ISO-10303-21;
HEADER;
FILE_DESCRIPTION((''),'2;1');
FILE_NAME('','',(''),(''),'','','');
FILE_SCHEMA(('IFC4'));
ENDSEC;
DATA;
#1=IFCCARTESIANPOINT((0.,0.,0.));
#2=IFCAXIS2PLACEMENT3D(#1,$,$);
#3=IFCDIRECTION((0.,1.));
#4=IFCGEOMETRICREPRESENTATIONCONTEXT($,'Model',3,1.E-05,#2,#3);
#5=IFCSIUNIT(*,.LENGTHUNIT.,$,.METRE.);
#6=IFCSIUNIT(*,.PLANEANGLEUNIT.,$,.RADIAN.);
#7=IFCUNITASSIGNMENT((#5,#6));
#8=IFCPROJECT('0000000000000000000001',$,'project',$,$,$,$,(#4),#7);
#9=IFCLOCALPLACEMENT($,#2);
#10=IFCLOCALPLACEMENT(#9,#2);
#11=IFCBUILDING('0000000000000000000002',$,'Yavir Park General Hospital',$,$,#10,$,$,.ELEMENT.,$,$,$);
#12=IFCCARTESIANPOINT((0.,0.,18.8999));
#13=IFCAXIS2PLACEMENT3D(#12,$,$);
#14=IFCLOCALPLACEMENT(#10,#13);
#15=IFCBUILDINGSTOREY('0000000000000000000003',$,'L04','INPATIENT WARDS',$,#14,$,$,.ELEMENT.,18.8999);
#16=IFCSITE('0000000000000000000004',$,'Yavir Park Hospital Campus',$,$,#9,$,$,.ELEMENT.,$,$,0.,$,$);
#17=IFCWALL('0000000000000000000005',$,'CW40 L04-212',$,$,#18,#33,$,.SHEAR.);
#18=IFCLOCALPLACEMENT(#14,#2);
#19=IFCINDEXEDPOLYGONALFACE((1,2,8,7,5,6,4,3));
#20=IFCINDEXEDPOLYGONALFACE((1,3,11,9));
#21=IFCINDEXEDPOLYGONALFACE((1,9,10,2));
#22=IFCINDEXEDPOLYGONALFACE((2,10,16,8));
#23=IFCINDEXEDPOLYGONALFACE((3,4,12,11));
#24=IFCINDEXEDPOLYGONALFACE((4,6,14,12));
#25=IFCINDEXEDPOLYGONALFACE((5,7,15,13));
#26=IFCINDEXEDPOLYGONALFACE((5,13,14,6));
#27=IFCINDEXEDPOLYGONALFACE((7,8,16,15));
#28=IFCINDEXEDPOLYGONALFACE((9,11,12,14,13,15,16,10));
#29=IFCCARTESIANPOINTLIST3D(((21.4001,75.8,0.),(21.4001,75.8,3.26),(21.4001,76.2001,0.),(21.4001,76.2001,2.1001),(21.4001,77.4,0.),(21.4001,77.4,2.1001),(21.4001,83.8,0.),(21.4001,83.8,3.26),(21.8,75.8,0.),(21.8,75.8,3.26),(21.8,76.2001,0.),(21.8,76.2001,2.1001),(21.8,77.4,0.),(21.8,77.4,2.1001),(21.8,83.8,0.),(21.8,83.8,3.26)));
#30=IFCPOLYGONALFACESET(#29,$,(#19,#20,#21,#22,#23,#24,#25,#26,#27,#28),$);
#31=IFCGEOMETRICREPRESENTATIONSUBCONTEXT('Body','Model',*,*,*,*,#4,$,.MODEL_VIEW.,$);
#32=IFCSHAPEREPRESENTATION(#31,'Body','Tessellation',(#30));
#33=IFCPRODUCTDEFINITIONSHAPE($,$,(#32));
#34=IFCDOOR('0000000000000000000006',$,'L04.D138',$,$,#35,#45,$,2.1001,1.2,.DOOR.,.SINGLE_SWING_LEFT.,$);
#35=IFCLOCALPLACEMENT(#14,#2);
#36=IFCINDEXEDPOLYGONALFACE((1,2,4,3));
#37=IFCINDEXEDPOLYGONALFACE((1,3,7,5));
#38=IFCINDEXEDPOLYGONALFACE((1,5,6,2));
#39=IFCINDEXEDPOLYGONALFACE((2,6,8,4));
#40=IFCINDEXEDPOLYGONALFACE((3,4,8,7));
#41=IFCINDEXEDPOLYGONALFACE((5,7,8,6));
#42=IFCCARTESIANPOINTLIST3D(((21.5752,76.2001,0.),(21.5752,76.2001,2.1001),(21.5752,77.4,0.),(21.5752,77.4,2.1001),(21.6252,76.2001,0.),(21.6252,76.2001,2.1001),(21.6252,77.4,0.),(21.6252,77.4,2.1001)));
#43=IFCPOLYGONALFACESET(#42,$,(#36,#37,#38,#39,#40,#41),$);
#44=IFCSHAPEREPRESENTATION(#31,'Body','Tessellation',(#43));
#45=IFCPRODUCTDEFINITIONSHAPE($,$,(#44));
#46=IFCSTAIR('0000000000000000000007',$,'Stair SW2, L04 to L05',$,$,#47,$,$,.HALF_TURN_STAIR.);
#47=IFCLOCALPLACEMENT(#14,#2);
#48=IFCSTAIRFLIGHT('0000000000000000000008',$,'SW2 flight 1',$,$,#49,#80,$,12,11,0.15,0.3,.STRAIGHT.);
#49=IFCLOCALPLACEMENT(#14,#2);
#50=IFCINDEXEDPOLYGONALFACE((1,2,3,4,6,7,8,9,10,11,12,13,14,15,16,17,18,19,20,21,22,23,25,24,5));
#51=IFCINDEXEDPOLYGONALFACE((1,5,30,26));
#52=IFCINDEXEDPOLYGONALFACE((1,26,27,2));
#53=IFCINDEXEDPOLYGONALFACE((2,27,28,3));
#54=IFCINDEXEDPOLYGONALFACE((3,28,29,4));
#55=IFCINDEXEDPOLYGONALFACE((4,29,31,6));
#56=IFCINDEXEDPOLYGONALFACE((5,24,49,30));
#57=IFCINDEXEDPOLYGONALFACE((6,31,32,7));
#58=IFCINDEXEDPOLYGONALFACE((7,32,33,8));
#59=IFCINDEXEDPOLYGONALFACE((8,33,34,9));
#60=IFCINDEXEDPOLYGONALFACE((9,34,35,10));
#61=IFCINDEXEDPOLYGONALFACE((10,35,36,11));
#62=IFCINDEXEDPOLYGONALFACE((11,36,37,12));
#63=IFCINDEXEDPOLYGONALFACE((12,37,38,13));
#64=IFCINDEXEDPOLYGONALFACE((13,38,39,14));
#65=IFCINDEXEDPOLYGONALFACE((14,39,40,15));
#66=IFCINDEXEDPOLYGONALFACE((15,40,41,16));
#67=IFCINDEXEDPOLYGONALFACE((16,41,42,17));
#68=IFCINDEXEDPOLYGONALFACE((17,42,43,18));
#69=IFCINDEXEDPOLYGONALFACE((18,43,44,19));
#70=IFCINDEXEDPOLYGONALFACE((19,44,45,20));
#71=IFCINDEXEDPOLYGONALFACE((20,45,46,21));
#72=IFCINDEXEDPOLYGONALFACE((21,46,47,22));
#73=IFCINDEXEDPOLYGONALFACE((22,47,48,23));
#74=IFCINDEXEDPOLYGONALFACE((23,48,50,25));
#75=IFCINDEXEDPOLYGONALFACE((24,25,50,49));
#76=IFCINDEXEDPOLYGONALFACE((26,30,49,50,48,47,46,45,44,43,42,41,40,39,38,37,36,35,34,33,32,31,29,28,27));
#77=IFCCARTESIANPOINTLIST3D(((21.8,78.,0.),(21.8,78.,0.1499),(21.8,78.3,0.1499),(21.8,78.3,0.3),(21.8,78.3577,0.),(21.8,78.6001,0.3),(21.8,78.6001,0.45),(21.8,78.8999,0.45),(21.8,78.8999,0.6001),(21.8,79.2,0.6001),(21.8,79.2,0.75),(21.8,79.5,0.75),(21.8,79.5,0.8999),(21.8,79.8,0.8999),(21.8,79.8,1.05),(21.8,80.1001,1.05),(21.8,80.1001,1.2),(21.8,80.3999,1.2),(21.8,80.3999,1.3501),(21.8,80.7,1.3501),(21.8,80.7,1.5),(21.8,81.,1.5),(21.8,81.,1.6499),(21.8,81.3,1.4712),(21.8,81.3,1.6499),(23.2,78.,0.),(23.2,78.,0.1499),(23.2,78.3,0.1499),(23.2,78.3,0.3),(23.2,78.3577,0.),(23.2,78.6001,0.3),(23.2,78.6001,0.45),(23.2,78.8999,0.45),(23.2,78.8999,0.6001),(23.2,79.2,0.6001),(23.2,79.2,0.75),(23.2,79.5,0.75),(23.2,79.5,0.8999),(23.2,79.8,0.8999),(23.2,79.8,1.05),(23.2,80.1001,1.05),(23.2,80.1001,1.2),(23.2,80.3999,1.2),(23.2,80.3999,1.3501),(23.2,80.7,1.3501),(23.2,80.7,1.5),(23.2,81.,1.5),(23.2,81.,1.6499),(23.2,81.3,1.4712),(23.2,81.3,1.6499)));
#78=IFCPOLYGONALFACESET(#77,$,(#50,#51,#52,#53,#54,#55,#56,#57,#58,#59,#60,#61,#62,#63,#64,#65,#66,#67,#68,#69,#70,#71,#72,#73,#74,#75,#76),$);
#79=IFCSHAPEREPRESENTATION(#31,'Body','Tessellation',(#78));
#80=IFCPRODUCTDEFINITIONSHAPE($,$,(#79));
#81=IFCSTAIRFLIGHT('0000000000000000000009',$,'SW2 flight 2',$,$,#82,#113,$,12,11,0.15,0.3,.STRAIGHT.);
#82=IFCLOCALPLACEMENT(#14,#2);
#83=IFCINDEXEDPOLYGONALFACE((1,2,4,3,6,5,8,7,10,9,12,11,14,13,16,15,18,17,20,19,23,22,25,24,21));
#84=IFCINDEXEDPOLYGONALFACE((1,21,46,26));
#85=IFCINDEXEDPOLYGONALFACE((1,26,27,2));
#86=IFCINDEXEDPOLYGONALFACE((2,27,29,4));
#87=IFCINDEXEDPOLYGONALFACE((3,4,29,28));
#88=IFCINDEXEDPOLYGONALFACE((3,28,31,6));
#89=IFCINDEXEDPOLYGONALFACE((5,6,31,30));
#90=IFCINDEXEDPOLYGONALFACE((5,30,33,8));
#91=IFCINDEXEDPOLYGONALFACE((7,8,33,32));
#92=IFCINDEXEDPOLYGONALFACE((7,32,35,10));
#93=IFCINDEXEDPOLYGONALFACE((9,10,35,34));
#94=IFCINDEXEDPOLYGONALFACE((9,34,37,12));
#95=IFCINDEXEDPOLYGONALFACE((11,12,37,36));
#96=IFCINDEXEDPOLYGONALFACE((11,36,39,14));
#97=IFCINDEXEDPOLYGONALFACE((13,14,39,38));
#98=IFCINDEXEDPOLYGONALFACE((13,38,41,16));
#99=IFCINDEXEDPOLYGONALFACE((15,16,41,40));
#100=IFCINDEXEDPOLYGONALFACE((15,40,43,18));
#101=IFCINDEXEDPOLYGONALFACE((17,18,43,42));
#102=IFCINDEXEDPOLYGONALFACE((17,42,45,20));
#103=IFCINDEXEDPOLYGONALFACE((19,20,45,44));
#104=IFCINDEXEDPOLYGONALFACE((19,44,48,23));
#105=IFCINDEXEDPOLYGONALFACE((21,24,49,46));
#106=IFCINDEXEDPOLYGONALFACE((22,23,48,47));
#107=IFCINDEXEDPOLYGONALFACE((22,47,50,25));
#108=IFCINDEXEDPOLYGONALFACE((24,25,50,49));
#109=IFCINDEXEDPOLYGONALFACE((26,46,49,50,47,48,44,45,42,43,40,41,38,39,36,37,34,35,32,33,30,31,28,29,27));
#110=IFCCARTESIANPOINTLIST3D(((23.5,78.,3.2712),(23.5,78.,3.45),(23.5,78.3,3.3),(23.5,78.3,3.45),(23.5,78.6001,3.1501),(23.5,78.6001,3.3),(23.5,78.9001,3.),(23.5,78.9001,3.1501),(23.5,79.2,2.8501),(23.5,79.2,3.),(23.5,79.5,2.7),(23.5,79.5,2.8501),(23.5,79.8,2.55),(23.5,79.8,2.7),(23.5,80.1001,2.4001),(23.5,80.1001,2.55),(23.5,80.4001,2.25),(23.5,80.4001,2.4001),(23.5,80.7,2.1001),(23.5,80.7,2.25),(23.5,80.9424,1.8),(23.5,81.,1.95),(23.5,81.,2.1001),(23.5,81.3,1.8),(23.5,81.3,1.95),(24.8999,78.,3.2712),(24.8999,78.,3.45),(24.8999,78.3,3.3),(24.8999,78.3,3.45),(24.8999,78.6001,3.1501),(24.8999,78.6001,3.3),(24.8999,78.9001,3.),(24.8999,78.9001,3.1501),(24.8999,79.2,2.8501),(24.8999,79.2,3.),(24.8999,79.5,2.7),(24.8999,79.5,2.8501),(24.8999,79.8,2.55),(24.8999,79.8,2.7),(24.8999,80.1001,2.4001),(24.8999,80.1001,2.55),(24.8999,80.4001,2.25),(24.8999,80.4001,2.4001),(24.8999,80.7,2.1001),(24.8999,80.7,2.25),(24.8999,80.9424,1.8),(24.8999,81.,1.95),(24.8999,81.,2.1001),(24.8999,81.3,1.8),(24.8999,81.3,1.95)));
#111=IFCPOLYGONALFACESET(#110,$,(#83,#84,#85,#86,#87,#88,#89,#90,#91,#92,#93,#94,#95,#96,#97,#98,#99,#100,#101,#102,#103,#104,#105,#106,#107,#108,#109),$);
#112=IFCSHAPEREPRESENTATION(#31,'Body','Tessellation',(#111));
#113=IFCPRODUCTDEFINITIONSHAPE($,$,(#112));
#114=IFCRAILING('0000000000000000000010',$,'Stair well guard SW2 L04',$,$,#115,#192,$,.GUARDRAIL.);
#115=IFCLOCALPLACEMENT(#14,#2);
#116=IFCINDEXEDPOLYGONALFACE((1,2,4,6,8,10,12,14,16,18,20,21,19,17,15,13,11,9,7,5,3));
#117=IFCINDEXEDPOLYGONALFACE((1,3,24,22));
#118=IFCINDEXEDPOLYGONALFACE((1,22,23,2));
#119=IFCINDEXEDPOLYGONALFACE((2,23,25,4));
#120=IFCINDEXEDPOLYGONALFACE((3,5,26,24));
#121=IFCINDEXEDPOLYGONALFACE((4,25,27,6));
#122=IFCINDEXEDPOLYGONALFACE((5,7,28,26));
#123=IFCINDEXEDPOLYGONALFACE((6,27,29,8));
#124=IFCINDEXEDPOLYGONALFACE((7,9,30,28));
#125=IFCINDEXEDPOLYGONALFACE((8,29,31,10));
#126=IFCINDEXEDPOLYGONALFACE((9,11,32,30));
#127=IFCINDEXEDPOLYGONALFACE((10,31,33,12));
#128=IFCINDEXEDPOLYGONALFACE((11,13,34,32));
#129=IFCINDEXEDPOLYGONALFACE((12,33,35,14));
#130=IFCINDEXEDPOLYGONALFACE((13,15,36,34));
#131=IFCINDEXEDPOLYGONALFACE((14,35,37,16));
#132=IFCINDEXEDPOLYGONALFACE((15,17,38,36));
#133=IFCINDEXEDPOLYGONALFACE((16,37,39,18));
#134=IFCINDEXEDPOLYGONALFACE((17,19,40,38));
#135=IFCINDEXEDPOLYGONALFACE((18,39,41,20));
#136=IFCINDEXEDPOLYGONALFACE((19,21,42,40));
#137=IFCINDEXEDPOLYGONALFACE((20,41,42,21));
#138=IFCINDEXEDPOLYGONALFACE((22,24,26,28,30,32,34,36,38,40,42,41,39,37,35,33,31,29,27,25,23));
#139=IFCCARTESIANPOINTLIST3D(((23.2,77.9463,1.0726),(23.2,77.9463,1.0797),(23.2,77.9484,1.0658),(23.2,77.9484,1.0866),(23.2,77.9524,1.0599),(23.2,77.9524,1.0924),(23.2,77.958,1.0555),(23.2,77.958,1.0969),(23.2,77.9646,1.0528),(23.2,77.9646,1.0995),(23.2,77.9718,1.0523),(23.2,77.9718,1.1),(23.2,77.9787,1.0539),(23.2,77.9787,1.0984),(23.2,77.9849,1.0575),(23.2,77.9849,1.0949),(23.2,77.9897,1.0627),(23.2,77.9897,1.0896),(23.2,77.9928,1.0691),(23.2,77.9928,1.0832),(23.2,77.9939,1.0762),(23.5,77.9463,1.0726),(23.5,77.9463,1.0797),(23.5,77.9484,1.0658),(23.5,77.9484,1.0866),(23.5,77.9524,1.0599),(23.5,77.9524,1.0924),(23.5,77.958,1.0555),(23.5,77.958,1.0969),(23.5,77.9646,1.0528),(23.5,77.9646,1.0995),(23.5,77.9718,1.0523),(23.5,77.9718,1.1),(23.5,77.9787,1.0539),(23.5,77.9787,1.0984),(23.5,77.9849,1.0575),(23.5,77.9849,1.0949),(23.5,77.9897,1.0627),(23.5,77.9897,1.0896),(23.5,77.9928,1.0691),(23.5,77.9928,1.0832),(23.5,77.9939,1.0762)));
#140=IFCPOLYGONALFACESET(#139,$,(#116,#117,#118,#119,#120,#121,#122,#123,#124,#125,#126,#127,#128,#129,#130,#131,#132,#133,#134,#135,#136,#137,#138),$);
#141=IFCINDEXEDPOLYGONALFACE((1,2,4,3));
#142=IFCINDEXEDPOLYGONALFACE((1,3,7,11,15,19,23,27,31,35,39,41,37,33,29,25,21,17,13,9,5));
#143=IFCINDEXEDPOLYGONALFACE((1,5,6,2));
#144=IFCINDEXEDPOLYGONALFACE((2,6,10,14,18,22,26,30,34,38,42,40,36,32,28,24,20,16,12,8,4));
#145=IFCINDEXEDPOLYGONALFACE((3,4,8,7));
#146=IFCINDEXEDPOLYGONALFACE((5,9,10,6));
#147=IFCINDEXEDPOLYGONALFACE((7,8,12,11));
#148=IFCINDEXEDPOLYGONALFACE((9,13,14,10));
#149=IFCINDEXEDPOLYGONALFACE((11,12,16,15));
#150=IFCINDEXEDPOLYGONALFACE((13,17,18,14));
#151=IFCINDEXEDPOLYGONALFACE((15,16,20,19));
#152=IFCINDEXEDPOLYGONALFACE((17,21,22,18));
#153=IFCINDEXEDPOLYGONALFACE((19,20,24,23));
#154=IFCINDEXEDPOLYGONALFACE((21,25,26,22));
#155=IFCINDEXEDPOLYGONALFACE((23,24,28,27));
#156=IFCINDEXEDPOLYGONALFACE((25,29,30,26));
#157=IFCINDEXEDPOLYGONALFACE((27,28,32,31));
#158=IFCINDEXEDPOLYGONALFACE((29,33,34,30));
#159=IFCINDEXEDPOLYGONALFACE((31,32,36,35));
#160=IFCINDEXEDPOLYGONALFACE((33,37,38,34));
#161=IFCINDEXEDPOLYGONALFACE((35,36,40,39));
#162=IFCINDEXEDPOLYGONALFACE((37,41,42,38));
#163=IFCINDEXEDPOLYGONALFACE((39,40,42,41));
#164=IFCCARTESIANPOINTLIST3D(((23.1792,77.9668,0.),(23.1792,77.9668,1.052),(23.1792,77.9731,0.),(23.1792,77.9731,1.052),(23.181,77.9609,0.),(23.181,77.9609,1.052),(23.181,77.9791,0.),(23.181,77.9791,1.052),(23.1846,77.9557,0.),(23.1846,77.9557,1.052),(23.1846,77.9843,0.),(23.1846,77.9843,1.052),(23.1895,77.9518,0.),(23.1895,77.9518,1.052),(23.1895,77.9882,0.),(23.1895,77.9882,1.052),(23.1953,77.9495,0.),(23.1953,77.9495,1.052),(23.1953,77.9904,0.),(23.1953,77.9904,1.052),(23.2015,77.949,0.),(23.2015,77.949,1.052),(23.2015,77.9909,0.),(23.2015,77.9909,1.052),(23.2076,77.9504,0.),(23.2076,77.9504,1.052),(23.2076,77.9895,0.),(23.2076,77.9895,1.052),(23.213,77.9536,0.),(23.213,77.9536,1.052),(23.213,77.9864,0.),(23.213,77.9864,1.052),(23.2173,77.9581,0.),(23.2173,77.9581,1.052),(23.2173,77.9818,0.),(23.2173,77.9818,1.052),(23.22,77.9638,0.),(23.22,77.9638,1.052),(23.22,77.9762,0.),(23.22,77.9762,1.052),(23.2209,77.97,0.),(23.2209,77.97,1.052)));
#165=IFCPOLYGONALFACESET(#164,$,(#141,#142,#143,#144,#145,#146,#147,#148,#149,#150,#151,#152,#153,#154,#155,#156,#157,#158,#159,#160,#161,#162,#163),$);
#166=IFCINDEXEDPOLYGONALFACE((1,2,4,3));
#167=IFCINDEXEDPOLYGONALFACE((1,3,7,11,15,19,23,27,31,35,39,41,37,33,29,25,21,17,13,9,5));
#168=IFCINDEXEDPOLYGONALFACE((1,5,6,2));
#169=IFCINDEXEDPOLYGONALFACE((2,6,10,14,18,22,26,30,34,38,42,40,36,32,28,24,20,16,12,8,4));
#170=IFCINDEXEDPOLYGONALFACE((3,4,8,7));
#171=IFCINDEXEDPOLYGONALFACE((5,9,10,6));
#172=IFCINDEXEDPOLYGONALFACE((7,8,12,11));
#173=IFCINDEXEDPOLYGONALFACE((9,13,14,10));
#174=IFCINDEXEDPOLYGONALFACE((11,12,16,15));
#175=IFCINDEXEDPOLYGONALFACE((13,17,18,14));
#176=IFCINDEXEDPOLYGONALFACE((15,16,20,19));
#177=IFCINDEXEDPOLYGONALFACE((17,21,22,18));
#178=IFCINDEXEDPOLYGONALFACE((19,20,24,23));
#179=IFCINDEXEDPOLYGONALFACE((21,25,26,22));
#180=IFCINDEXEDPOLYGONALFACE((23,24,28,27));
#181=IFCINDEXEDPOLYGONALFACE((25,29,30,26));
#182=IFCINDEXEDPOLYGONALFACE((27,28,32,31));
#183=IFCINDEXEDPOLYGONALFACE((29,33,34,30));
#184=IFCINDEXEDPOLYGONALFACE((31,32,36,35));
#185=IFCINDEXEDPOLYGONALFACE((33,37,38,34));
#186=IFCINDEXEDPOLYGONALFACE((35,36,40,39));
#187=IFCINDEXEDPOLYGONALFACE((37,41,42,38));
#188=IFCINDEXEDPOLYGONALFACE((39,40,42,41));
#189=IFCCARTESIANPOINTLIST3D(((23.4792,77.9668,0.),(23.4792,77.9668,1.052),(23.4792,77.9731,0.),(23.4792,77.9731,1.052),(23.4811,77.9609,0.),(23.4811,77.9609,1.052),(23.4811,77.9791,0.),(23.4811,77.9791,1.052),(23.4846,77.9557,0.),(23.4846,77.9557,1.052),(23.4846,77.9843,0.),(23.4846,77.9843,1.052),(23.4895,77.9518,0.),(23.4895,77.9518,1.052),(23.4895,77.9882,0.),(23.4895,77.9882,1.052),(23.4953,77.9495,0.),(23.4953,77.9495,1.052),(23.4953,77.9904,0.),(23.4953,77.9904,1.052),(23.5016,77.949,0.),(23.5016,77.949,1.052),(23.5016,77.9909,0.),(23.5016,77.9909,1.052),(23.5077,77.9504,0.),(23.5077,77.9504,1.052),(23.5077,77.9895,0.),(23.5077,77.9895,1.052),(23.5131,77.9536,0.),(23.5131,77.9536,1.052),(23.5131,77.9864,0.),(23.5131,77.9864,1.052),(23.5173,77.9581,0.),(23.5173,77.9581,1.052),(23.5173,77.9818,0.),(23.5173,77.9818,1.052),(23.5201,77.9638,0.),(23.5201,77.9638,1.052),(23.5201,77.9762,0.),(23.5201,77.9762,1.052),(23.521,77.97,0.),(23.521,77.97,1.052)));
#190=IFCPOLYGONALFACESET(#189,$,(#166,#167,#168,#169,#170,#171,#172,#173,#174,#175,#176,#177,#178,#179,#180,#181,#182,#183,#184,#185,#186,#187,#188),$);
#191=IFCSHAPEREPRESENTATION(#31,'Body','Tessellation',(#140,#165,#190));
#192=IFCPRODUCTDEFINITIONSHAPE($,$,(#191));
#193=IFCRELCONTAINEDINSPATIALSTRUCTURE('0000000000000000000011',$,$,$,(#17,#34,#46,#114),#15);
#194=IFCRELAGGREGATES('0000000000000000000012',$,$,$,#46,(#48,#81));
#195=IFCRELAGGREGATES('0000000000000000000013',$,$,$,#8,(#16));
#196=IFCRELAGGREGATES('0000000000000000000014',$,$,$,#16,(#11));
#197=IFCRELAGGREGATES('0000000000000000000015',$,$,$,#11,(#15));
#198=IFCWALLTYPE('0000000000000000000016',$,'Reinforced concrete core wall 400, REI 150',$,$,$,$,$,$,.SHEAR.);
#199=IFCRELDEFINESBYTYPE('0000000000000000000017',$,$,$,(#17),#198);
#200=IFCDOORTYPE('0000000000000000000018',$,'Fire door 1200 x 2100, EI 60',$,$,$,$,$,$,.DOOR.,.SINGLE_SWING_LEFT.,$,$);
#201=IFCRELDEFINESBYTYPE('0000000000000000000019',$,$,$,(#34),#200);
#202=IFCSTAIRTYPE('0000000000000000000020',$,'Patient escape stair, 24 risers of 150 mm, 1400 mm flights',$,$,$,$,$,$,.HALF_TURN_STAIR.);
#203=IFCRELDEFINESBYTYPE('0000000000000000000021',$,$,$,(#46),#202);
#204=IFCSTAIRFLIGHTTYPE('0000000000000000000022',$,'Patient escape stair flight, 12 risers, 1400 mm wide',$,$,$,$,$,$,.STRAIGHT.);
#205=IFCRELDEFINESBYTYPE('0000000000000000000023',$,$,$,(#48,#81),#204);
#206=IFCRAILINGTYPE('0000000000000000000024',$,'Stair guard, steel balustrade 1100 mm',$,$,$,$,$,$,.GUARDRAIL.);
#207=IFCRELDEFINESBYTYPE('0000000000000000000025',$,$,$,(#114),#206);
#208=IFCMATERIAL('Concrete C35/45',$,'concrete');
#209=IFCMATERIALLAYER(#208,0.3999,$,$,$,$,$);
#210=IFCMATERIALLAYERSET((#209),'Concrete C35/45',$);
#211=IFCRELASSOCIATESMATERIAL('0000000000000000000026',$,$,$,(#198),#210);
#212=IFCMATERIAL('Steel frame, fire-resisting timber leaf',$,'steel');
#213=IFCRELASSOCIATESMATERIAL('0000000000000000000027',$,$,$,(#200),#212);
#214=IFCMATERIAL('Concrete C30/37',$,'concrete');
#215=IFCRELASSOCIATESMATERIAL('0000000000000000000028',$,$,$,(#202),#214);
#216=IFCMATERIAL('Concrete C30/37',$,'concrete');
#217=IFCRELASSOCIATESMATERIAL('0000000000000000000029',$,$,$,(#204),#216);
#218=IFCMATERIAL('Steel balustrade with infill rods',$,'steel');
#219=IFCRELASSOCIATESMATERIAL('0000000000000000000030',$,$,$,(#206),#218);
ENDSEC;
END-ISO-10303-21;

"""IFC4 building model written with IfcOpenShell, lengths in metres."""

from ifc_helpers import new_model, si_unit, direction, frame, frame_2d, origin, origin_2d, place, context, subcontext, project, spatial, polyline, rectangle, circle, outline, extrude, material, layer, layer_set, type_object, element, fill, aggregate, save


model = new_model("IFC4")

# Units and contexts
model_context = context("Model", 3, precision=1e-05, world=origin(), true_north=direction((0.0, 1.0)))
body_context = subcontext(model_context, "Body", "Model", "MODEL_VIEW")
ifc_project = project(units=[si_unit("LENGTHUNIT", "METRE"), si_unit("PLANEANGLEUNIT", "RADIAN")], contexts=[model_context])

# Site, building, storey
site_placement = place(None, origin())
site = spatial("IfcSite", under=ifc_project, at=site_placement, Name="Yavir Park Hospital Campus", CompositionType="ELEMENT", RefElevation=0.0)
building_placement = place(site_placement, origin())
building = spatial("IfcBuilding", under=site, at=building_placement, Name="Yavir Park General Hospital", CompositionType="ELEMENT")
storey_placement = place(building_placement, frame((0.0, 0.0, 18.8999)))
storey = spatial("IfcBuildingStorey", under=building, at=storey_placement, Name="L04", Description="INPATIENT WARDS", CompositionType="ELEMENT", Elevation=18.8999)

# Shared definitions
ifc_material_1 = material(Name="Concrete C35/45", Category="concrete")
ifc_layer_1 = layer(ifc_material_1, 0.3999)
ifc_layer_set_1 = layer_set([ifc_layer_1], Name="Concrete C35/45")
wall_type_1 = type_object("IfcWallType", Name="Reinforced concrete core wall 400, REI 150", PredefinedType="SHEAR", material=ifc_layer_set_1)

# Wall, opening, door
wall_1_placement = place(storey_placement, frame((21.6001, 75.8, 0.0), z_axis=(0.0, 0.0, 1.0), x_axis=(0.0, 1.0, 0.0)))
wall_1 = element("IfcWall", 1, at=wall_1_placement, inside=storey, type_object=wall_type_1, Name="CW40 L04-212", PredefinedType="SHEAR", context=body_context, shape_type="SweptSolid", body=[
    extrude(rectangle(XDim=8.0, YDim=0.3999, at=frame_2d((4.0, 0.0))), origin(), (0.0, 0.0, 1.0), 3.26),
])
opening_1_placement = place(wall_1_placement, frame((0.3999, 0.0, 0.0)))
opening_1 = element("IfcOpeningElement", 2, at=opening_1_placement, cuts=wall_1, PredefinedType="OPENING", context=body_context, shape_type="SweptSolid", body=[
    extrude(rectangle(XDim=1.2, YDim=2.1001, at=frame_2d((0.6001, 1.05))), frame((0.0, 0.21, 0.0), z_axis=(0.0, -1.0, 0.0), x_axis=(1.0, 0.0, 0.0)), (0.0, 0.0, 1.0), 0.4199),
])
ifc_material_2 = material(Name="Steel frame, fire-resisting timber leaf", Category="steel")
door_type_1 = type_object("IfcDoorType", Name="Fire door 1200 x 2100, EI 60", OperationType="SINGLE_SWING_LEFT", PredefinedType="DOOR", material=ifc_material_2)
door_1_placement = place(opening_1_placement, origin())
door_1 = element("IfcDoor", 3, at=door_1_placement, inside=storey, type_object=door_type_1, Name="L04.D138", OperationType="SINGLE_SWING_LEFT", OverallHeight=2.1001, OverallWidth=1.2, PredefinedType="DOOR", context=body_context, shape_type="SweptSolid", body=[
    extrude(rectangle(XDim=1.2, YDim=2.1001, at=frame_2d((0.6001, 1.05))), frame((0.0, 0.0249, 0.0), z_axis=(0.0, -1.0, 0.0), x_axis=(1.0, 0.0, 0.0)), (0.0, 0.0, 1.0), 0.05),
])
fill(opening_1, door_1)

# Stair, stair flights
ifc_material_3 = material(Name="Concrete C30/37", Category="concrete")
stair_type = type_object("IfcStairType", Name="Patient escape stair, 24 risers of 150 mm, 1400 mm flights", PredefinedType="HALF_TURN_STAIR", material=ifc_material_3)
stair_placement = place(storey_placement, origin())
stair = element("IfcStair", 4, at=stair_placement, inside=storey, type_object=stair_type, Name="Stair SW2, L04 to L05", PredefinedType="HALF_TURN_STAIR")
ifc_material_4 = material(Name="Concrete C30/37", Category="concrete")
stair_flight_type = type_object("IfcStairFlightType", Name="Patient escape stair flight, 12 risers, 1400 mm wide", PredefinedType="STRAIGHT", material=ifc_material_4)
stair_flight_1_placement = place(storey_placement, frame((22.5, 78.0, 0.0), z_axis=(0.0, 0.0, 1.0), x_axis=(0.0, 1.0, 0.0)))
stair_flight_1 = element("IfcStairFlight", 5, at=stair_flight_1_placement, type_object=stair_flight_type, Name="SW2 flight 1", NumberOfRisers=12, NumberOfTreads=11, PredefinedType="STRAIGHT", RiserHeight=0.15, TreadLength=0.3, context=body_context, shape_type="SweptSolid", body=[
    extrude(outline(polyline([(0.0, 0.0), (0.0, 0.1499), (0.3, 0.1499), (0.3, 0.3), (0.6001, 0.3), (0.6001, 0.45), (0.8999, 0.45), (0.8999, 0.6001), (1.2, 0.6001), (1.2, 0.75), (1.5, 0.75), (1.5, 0.8999), (1.8, 0.8999), (1.8, 1.05), (2.1001, 1.05), (2.1001, 1.2), (2.3999, 1.2), (2.3999, 1.3501), (2.7, 1.3501), (2.7, 1.5), (3.0, 1.5), (3.0, 1.6499), (3.3, 1.6499), (3.3, 1.8), (3.3, 1.4712), (0.3577, 0.0), (0.0, 0.0)])), frame((0.0, 0.7, 0.0), z_axis=(0.0, -1.0, 0.0), x_axis=(1.0, 0.0, 0.0)), (0.0, 0.0, 1.0), 1.3999),
])
stair_flight_2_placement = place(storey_placement, frame((24.2, 81.3, 1.8), z_axis=(0.0, 0.0, 1.0), x_axis=(0.0, -1.0, 0.0)))
stair_flight_2 = element("IfcStairFlight", 6, at=stair_flight_2_placement, type_object=stair_flight_type, Name="SW2 flight 2", NumberOfRisers=12, NumberOfTreads=11, PredefinedType="STRAIGHT", RiserHeight=0.15, TreadLength=0.3, context=body_context, shape_type="SweptSolid", body=[
    extrude(outline(polyline([(0.0, 0.0), (0.0, 0.1499), (0.3, 0.1499), (0.3, 0.3), (0.6001, 0.3), (0.6001, 0.45), (0.8999, 0.45), (0.8999, 0.6001), (1.2, 0.6001), (1.2, 0.75), (1.5, 0.75), (1.5, 0.8999), (1.8, 0.8999), (1.8, 1.05), (2.1001, 1.05), (2.1001, 1.2), (2.3999, 1.2), (2.3999, 1.3501), (2.7, 1.3501), (2.7, 1.5), (3.0, 1.5), (3.0, 1.6499), (3.3, 1.6499), (3.3, 1.8), (3.3, 1.4712), (0.3577, 0.0), (0.0, 0.0)])), frame((0.0, 0.7, 0.0), z_axis=(0.0, -1.0, 0.0), x_axis=(1.0, 0.0, 0.0)), (0.0, 0.0, 1.0), 1.3999),
])
aggregate(stair, [stair_flight_1, stair_flight_2])

# Railing
ifc_material_5 = material(Name="Steel balustrade with infill rods", Category="steel")
railing_type_1 = type_object("IfcRailingType", Name="Stair guard, steel balustrade 1100 mm", PredefinedType="GUARDRAIL", material=ifc_material_5)
railing_placement = place(storey_placement, frame((23.2, 77.97, 0.0)))
element("IfcRailing", 7, at=railing_placement, inside=storey, type_object=railing_type_1, Name="Stair well guard SW2 L04", PredefinedType="GUARDRAIL", context=body_context, shape_type="SweptSolid", body=[
    extrude(circle(Radius=0.0239, at=origin_2d()), frame((0.0, 0.0, 1.0762), z_axis=(1.0, 0.0, 0.0), x_axis=(0.0, 1.0, 0.0)), (0.0, 0.0, 1.0), 0.3),
    extrude(circle(Radius=0.021, at=origin_2d()), origin(), (0.0, 0.0, 1.0), 1.052),
    extrude(circle(Radius=0.021, at=origin_2d()), frame((0.3, 0.0, 0.0)), (0.0, 0.0, 1.0), 1.052),
])

save(model, "model.ifc")
